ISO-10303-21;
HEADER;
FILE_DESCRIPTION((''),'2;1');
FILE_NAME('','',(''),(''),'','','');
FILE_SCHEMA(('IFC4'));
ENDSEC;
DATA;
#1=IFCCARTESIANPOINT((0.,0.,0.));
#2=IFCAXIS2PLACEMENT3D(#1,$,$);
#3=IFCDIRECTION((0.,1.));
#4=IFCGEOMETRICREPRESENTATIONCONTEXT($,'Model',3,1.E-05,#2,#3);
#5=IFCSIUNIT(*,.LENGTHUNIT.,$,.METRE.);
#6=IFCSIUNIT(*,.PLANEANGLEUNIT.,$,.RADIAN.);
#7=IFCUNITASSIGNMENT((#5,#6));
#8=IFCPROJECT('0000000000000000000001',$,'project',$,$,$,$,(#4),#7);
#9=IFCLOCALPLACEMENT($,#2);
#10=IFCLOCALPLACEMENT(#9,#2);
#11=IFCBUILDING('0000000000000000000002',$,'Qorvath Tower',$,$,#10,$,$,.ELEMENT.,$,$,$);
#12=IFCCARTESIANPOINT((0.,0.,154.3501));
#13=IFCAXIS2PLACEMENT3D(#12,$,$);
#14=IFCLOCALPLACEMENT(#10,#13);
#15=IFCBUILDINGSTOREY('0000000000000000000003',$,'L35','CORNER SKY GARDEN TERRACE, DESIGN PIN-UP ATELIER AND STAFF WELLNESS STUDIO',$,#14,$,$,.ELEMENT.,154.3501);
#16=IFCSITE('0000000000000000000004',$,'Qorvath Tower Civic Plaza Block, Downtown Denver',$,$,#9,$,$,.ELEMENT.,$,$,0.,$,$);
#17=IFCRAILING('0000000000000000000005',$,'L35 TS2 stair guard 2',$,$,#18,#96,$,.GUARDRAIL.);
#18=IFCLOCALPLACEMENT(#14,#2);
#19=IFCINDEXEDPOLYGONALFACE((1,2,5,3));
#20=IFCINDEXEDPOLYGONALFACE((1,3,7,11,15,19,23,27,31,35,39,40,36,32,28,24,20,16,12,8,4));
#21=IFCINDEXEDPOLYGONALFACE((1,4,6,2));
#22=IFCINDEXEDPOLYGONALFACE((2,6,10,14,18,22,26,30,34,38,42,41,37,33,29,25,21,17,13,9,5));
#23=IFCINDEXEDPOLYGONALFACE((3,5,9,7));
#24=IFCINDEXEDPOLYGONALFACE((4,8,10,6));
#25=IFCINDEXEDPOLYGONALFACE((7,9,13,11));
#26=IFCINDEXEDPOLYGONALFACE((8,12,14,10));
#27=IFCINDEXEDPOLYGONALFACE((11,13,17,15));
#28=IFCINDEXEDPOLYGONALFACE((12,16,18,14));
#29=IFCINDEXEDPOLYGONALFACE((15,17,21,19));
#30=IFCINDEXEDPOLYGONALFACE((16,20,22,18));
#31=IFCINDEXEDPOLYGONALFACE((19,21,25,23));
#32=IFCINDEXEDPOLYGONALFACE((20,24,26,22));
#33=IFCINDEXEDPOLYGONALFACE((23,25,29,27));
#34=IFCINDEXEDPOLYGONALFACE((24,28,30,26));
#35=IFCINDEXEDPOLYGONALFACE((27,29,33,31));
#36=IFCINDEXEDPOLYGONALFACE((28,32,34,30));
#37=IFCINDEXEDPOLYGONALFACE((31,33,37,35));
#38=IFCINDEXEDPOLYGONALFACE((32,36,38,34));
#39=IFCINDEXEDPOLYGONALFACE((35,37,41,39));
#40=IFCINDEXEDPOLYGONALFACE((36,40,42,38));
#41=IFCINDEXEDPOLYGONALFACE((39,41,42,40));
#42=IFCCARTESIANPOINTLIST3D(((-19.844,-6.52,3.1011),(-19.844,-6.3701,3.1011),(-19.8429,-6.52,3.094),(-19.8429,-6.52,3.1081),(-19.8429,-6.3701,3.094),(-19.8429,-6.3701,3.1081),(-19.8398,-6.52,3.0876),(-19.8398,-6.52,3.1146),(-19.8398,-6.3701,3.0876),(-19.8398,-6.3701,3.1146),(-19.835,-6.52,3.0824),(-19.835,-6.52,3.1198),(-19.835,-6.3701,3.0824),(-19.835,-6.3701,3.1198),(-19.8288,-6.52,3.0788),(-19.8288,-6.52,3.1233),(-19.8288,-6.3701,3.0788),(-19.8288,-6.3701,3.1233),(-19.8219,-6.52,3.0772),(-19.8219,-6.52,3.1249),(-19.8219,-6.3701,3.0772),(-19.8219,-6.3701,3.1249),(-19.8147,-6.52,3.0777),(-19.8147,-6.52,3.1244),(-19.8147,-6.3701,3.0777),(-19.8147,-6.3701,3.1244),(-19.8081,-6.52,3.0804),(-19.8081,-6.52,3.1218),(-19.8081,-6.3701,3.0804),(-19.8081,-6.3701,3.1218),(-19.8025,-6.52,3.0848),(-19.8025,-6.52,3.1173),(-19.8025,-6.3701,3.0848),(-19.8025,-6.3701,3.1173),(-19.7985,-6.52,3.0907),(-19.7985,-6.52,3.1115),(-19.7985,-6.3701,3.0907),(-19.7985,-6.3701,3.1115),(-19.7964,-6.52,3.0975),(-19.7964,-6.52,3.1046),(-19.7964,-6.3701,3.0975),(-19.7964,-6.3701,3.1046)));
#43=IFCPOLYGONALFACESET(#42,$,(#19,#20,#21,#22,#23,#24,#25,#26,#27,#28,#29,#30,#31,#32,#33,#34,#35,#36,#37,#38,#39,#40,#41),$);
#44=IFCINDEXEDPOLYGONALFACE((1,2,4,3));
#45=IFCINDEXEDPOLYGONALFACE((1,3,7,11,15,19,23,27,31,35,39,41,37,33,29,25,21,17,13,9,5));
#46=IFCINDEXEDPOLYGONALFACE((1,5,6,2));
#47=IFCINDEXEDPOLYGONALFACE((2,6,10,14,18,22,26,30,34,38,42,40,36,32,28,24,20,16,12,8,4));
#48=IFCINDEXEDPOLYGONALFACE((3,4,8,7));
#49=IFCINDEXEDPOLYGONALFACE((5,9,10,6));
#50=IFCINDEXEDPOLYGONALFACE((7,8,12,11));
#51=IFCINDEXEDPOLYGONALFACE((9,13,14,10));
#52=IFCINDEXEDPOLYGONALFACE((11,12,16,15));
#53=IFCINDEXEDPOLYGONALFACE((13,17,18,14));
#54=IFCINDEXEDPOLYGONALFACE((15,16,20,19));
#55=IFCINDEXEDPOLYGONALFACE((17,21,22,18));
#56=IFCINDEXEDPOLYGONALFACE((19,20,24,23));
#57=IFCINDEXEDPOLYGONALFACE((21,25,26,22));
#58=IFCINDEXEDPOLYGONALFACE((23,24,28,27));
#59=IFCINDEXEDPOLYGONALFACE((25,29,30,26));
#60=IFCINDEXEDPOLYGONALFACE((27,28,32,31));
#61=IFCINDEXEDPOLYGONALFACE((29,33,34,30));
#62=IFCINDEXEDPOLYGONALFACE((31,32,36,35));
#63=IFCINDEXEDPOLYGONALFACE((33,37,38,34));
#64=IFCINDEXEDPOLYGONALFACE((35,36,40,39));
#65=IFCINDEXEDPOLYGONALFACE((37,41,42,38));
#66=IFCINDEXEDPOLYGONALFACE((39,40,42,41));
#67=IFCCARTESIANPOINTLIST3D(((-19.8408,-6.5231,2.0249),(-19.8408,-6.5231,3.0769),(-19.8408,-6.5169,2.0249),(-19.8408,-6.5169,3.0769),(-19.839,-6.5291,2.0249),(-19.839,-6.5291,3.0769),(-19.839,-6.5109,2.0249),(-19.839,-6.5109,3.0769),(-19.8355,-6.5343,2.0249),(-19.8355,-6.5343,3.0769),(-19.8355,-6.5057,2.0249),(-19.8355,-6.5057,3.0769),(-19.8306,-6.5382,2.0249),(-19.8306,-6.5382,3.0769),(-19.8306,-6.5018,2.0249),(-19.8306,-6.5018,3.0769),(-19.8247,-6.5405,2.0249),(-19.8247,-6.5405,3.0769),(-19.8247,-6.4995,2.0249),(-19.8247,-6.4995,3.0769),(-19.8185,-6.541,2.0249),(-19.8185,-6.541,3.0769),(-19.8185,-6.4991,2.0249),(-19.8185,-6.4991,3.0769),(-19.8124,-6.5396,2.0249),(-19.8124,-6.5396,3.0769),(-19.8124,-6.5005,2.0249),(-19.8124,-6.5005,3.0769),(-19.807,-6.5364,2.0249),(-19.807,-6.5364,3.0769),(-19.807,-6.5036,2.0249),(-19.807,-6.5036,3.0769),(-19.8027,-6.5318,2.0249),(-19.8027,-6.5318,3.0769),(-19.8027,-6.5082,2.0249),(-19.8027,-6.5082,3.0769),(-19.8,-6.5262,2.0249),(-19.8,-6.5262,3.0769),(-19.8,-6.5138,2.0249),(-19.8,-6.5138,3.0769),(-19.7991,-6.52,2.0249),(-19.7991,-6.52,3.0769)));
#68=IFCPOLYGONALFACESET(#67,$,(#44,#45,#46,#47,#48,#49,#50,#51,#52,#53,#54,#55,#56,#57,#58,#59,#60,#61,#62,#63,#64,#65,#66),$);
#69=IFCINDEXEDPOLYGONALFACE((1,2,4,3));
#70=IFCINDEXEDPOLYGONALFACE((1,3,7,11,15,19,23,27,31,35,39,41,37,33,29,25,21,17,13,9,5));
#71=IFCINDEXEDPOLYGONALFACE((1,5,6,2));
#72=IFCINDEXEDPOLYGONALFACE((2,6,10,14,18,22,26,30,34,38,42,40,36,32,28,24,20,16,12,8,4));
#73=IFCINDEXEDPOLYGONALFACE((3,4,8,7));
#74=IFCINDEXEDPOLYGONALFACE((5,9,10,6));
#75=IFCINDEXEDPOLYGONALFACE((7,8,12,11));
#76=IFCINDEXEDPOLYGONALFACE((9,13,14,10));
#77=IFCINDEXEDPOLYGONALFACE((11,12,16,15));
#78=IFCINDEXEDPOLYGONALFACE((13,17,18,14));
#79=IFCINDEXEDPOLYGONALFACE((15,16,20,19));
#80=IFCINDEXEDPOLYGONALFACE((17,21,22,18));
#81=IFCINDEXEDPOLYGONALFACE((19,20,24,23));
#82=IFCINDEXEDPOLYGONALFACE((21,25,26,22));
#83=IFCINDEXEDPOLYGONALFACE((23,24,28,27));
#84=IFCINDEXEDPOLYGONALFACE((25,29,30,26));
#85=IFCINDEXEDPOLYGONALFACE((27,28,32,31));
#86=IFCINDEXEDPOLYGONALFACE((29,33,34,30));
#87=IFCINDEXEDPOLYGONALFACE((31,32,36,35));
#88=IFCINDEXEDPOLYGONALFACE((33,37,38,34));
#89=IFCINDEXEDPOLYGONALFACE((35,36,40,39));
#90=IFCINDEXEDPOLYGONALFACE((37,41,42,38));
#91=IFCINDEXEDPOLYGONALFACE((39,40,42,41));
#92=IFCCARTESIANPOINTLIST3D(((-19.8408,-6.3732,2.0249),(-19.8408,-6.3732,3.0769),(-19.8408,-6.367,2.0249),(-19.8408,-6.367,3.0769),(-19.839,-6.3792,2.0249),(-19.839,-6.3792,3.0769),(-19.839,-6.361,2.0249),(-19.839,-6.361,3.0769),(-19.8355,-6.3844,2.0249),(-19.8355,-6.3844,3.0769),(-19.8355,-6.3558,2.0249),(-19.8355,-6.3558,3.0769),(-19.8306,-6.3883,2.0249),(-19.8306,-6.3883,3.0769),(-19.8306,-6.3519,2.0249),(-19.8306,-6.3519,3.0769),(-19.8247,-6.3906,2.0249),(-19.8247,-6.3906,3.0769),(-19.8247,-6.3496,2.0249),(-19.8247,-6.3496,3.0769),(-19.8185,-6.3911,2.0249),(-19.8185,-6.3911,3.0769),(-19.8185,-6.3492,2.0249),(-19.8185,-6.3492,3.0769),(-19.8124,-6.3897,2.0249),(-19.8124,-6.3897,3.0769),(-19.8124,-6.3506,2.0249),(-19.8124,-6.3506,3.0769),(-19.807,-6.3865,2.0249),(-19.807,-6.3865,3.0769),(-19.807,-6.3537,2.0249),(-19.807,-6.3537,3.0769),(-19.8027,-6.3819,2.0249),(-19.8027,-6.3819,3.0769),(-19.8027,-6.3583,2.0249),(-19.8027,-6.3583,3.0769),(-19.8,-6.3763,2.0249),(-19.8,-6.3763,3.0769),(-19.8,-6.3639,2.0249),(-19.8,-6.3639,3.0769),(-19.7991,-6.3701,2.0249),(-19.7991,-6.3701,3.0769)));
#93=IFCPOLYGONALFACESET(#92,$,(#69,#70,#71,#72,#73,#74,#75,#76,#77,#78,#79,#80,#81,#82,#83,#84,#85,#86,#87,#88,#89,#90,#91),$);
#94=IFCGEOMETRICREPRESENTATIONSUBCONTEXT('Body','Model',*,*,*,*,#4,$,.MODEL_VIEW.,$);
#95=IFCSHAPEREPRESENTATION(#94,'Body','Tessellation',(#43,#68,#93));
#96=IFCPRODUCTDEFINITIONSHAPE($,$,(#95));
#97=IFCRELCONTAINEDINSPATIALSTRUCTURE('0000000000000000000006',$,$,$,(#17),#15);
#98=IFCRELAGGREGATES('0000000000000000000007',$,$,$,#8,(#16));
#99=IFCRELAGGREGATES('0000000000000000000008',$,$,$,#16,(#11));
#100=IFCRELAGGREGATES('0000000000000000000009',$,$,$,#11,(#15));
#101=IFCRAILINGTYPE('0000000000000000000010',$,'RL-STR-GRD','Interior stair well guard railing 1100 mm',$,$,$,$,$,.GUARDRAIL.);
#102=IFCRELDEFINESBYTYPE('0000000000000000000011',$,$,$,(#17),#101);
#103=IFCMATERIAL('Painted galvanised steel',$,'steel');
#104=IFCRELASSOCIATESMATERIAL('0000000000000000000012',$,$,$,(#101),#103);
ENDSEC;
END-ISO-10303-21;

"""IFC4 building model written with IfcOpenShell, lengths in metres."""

from ifc_helpers import new_model, si_unit, direction, frame, origin, origin_2d, place, context, subcontext, project, spatial, circle, extrude, material, type_object, element, save


model = new_model("IFC4")

# Units and contexts
model_context = context("Model", 3, precision=1e-05, world=origin(), true_north=direction((0.0, 1.0)))
body_context = subcontext(model_context, "Body", "Model", "MODEL_VIEW")
ifc_project = project(units=[si_unit("LENGTHUNIT", "METRE"), si_unit("PLANEANGLEUNIT", "RADIAN")], contexts=[model_context])

# Site, building, storey
site_placement = place(None, origin())
site = spatial("IfcSite", under=ifc_project, at=site_placement, Name="Qorvath Tower Civic Plaza Block, Downtown Denver", CompositionType="ELEMENT", RefElevation=0.0)
building_placement = place(site_placement, origin())
building = spatial("IfcBuilding", under=site, at=building_placement, Name="Qorvath Tower", CompositionType="ELEMENT")
storey_placement = place(building_placement, frame((0.0, 0.0, 154.3501)))
storey = spatial("IfcBuildingStorey", under=building, at=storey_placement, Name="L35", Description="CORNER SKY GARDEN TERRACE, DESIGN PIN-UP ATELIER AND STAFF WELLNESS STUDIO", CompositionType="ELEMENT", Elevation=154.3501)

# Railing
ifc_material_1 = material(Name="Painted galvanised steel", Category="steel")
railing_type_1 = type_object("IfcRailingType", Name="RL-STR-GRD", Description="Interior stair well guard railing 1100 mm", PredefinedType="GUARDRAIL", material=ifc_material_1)
railing_1_placement = place(storey_placement, frame((-19.8201, -6.52, 2.0249)))
element("IfcRailing", 1, at=railing_1_placement, inside=storey, type_object=railing_type_1, Name="L35 TS2 stair guard 2", PredefinedType="GUARDRAIL", context=body_context, shape_type="SweptSolid", body=[
    extrude(circle(Radius=0.0239, at=origin_2d()), frame((0.0, 0.0, 1.0762), z_axis=(0.0, 1.0, 0.0), x_axis=(-1.0, 0.0, 0.0)), (0.0, 0.0, 1.0), 0.1499),
    extrude(circle(Radius=0.021, at=origin_2d()), origin(), (0.0, 0.0, 1.0), 1.052),
    extrude(circle(Radius=0.021, at=origin_2d()), frame((0.0, 0.1499, 0.0)), (0.0, 0.0, 1.0), 1.052),
])

save(model, "model.ifc")
